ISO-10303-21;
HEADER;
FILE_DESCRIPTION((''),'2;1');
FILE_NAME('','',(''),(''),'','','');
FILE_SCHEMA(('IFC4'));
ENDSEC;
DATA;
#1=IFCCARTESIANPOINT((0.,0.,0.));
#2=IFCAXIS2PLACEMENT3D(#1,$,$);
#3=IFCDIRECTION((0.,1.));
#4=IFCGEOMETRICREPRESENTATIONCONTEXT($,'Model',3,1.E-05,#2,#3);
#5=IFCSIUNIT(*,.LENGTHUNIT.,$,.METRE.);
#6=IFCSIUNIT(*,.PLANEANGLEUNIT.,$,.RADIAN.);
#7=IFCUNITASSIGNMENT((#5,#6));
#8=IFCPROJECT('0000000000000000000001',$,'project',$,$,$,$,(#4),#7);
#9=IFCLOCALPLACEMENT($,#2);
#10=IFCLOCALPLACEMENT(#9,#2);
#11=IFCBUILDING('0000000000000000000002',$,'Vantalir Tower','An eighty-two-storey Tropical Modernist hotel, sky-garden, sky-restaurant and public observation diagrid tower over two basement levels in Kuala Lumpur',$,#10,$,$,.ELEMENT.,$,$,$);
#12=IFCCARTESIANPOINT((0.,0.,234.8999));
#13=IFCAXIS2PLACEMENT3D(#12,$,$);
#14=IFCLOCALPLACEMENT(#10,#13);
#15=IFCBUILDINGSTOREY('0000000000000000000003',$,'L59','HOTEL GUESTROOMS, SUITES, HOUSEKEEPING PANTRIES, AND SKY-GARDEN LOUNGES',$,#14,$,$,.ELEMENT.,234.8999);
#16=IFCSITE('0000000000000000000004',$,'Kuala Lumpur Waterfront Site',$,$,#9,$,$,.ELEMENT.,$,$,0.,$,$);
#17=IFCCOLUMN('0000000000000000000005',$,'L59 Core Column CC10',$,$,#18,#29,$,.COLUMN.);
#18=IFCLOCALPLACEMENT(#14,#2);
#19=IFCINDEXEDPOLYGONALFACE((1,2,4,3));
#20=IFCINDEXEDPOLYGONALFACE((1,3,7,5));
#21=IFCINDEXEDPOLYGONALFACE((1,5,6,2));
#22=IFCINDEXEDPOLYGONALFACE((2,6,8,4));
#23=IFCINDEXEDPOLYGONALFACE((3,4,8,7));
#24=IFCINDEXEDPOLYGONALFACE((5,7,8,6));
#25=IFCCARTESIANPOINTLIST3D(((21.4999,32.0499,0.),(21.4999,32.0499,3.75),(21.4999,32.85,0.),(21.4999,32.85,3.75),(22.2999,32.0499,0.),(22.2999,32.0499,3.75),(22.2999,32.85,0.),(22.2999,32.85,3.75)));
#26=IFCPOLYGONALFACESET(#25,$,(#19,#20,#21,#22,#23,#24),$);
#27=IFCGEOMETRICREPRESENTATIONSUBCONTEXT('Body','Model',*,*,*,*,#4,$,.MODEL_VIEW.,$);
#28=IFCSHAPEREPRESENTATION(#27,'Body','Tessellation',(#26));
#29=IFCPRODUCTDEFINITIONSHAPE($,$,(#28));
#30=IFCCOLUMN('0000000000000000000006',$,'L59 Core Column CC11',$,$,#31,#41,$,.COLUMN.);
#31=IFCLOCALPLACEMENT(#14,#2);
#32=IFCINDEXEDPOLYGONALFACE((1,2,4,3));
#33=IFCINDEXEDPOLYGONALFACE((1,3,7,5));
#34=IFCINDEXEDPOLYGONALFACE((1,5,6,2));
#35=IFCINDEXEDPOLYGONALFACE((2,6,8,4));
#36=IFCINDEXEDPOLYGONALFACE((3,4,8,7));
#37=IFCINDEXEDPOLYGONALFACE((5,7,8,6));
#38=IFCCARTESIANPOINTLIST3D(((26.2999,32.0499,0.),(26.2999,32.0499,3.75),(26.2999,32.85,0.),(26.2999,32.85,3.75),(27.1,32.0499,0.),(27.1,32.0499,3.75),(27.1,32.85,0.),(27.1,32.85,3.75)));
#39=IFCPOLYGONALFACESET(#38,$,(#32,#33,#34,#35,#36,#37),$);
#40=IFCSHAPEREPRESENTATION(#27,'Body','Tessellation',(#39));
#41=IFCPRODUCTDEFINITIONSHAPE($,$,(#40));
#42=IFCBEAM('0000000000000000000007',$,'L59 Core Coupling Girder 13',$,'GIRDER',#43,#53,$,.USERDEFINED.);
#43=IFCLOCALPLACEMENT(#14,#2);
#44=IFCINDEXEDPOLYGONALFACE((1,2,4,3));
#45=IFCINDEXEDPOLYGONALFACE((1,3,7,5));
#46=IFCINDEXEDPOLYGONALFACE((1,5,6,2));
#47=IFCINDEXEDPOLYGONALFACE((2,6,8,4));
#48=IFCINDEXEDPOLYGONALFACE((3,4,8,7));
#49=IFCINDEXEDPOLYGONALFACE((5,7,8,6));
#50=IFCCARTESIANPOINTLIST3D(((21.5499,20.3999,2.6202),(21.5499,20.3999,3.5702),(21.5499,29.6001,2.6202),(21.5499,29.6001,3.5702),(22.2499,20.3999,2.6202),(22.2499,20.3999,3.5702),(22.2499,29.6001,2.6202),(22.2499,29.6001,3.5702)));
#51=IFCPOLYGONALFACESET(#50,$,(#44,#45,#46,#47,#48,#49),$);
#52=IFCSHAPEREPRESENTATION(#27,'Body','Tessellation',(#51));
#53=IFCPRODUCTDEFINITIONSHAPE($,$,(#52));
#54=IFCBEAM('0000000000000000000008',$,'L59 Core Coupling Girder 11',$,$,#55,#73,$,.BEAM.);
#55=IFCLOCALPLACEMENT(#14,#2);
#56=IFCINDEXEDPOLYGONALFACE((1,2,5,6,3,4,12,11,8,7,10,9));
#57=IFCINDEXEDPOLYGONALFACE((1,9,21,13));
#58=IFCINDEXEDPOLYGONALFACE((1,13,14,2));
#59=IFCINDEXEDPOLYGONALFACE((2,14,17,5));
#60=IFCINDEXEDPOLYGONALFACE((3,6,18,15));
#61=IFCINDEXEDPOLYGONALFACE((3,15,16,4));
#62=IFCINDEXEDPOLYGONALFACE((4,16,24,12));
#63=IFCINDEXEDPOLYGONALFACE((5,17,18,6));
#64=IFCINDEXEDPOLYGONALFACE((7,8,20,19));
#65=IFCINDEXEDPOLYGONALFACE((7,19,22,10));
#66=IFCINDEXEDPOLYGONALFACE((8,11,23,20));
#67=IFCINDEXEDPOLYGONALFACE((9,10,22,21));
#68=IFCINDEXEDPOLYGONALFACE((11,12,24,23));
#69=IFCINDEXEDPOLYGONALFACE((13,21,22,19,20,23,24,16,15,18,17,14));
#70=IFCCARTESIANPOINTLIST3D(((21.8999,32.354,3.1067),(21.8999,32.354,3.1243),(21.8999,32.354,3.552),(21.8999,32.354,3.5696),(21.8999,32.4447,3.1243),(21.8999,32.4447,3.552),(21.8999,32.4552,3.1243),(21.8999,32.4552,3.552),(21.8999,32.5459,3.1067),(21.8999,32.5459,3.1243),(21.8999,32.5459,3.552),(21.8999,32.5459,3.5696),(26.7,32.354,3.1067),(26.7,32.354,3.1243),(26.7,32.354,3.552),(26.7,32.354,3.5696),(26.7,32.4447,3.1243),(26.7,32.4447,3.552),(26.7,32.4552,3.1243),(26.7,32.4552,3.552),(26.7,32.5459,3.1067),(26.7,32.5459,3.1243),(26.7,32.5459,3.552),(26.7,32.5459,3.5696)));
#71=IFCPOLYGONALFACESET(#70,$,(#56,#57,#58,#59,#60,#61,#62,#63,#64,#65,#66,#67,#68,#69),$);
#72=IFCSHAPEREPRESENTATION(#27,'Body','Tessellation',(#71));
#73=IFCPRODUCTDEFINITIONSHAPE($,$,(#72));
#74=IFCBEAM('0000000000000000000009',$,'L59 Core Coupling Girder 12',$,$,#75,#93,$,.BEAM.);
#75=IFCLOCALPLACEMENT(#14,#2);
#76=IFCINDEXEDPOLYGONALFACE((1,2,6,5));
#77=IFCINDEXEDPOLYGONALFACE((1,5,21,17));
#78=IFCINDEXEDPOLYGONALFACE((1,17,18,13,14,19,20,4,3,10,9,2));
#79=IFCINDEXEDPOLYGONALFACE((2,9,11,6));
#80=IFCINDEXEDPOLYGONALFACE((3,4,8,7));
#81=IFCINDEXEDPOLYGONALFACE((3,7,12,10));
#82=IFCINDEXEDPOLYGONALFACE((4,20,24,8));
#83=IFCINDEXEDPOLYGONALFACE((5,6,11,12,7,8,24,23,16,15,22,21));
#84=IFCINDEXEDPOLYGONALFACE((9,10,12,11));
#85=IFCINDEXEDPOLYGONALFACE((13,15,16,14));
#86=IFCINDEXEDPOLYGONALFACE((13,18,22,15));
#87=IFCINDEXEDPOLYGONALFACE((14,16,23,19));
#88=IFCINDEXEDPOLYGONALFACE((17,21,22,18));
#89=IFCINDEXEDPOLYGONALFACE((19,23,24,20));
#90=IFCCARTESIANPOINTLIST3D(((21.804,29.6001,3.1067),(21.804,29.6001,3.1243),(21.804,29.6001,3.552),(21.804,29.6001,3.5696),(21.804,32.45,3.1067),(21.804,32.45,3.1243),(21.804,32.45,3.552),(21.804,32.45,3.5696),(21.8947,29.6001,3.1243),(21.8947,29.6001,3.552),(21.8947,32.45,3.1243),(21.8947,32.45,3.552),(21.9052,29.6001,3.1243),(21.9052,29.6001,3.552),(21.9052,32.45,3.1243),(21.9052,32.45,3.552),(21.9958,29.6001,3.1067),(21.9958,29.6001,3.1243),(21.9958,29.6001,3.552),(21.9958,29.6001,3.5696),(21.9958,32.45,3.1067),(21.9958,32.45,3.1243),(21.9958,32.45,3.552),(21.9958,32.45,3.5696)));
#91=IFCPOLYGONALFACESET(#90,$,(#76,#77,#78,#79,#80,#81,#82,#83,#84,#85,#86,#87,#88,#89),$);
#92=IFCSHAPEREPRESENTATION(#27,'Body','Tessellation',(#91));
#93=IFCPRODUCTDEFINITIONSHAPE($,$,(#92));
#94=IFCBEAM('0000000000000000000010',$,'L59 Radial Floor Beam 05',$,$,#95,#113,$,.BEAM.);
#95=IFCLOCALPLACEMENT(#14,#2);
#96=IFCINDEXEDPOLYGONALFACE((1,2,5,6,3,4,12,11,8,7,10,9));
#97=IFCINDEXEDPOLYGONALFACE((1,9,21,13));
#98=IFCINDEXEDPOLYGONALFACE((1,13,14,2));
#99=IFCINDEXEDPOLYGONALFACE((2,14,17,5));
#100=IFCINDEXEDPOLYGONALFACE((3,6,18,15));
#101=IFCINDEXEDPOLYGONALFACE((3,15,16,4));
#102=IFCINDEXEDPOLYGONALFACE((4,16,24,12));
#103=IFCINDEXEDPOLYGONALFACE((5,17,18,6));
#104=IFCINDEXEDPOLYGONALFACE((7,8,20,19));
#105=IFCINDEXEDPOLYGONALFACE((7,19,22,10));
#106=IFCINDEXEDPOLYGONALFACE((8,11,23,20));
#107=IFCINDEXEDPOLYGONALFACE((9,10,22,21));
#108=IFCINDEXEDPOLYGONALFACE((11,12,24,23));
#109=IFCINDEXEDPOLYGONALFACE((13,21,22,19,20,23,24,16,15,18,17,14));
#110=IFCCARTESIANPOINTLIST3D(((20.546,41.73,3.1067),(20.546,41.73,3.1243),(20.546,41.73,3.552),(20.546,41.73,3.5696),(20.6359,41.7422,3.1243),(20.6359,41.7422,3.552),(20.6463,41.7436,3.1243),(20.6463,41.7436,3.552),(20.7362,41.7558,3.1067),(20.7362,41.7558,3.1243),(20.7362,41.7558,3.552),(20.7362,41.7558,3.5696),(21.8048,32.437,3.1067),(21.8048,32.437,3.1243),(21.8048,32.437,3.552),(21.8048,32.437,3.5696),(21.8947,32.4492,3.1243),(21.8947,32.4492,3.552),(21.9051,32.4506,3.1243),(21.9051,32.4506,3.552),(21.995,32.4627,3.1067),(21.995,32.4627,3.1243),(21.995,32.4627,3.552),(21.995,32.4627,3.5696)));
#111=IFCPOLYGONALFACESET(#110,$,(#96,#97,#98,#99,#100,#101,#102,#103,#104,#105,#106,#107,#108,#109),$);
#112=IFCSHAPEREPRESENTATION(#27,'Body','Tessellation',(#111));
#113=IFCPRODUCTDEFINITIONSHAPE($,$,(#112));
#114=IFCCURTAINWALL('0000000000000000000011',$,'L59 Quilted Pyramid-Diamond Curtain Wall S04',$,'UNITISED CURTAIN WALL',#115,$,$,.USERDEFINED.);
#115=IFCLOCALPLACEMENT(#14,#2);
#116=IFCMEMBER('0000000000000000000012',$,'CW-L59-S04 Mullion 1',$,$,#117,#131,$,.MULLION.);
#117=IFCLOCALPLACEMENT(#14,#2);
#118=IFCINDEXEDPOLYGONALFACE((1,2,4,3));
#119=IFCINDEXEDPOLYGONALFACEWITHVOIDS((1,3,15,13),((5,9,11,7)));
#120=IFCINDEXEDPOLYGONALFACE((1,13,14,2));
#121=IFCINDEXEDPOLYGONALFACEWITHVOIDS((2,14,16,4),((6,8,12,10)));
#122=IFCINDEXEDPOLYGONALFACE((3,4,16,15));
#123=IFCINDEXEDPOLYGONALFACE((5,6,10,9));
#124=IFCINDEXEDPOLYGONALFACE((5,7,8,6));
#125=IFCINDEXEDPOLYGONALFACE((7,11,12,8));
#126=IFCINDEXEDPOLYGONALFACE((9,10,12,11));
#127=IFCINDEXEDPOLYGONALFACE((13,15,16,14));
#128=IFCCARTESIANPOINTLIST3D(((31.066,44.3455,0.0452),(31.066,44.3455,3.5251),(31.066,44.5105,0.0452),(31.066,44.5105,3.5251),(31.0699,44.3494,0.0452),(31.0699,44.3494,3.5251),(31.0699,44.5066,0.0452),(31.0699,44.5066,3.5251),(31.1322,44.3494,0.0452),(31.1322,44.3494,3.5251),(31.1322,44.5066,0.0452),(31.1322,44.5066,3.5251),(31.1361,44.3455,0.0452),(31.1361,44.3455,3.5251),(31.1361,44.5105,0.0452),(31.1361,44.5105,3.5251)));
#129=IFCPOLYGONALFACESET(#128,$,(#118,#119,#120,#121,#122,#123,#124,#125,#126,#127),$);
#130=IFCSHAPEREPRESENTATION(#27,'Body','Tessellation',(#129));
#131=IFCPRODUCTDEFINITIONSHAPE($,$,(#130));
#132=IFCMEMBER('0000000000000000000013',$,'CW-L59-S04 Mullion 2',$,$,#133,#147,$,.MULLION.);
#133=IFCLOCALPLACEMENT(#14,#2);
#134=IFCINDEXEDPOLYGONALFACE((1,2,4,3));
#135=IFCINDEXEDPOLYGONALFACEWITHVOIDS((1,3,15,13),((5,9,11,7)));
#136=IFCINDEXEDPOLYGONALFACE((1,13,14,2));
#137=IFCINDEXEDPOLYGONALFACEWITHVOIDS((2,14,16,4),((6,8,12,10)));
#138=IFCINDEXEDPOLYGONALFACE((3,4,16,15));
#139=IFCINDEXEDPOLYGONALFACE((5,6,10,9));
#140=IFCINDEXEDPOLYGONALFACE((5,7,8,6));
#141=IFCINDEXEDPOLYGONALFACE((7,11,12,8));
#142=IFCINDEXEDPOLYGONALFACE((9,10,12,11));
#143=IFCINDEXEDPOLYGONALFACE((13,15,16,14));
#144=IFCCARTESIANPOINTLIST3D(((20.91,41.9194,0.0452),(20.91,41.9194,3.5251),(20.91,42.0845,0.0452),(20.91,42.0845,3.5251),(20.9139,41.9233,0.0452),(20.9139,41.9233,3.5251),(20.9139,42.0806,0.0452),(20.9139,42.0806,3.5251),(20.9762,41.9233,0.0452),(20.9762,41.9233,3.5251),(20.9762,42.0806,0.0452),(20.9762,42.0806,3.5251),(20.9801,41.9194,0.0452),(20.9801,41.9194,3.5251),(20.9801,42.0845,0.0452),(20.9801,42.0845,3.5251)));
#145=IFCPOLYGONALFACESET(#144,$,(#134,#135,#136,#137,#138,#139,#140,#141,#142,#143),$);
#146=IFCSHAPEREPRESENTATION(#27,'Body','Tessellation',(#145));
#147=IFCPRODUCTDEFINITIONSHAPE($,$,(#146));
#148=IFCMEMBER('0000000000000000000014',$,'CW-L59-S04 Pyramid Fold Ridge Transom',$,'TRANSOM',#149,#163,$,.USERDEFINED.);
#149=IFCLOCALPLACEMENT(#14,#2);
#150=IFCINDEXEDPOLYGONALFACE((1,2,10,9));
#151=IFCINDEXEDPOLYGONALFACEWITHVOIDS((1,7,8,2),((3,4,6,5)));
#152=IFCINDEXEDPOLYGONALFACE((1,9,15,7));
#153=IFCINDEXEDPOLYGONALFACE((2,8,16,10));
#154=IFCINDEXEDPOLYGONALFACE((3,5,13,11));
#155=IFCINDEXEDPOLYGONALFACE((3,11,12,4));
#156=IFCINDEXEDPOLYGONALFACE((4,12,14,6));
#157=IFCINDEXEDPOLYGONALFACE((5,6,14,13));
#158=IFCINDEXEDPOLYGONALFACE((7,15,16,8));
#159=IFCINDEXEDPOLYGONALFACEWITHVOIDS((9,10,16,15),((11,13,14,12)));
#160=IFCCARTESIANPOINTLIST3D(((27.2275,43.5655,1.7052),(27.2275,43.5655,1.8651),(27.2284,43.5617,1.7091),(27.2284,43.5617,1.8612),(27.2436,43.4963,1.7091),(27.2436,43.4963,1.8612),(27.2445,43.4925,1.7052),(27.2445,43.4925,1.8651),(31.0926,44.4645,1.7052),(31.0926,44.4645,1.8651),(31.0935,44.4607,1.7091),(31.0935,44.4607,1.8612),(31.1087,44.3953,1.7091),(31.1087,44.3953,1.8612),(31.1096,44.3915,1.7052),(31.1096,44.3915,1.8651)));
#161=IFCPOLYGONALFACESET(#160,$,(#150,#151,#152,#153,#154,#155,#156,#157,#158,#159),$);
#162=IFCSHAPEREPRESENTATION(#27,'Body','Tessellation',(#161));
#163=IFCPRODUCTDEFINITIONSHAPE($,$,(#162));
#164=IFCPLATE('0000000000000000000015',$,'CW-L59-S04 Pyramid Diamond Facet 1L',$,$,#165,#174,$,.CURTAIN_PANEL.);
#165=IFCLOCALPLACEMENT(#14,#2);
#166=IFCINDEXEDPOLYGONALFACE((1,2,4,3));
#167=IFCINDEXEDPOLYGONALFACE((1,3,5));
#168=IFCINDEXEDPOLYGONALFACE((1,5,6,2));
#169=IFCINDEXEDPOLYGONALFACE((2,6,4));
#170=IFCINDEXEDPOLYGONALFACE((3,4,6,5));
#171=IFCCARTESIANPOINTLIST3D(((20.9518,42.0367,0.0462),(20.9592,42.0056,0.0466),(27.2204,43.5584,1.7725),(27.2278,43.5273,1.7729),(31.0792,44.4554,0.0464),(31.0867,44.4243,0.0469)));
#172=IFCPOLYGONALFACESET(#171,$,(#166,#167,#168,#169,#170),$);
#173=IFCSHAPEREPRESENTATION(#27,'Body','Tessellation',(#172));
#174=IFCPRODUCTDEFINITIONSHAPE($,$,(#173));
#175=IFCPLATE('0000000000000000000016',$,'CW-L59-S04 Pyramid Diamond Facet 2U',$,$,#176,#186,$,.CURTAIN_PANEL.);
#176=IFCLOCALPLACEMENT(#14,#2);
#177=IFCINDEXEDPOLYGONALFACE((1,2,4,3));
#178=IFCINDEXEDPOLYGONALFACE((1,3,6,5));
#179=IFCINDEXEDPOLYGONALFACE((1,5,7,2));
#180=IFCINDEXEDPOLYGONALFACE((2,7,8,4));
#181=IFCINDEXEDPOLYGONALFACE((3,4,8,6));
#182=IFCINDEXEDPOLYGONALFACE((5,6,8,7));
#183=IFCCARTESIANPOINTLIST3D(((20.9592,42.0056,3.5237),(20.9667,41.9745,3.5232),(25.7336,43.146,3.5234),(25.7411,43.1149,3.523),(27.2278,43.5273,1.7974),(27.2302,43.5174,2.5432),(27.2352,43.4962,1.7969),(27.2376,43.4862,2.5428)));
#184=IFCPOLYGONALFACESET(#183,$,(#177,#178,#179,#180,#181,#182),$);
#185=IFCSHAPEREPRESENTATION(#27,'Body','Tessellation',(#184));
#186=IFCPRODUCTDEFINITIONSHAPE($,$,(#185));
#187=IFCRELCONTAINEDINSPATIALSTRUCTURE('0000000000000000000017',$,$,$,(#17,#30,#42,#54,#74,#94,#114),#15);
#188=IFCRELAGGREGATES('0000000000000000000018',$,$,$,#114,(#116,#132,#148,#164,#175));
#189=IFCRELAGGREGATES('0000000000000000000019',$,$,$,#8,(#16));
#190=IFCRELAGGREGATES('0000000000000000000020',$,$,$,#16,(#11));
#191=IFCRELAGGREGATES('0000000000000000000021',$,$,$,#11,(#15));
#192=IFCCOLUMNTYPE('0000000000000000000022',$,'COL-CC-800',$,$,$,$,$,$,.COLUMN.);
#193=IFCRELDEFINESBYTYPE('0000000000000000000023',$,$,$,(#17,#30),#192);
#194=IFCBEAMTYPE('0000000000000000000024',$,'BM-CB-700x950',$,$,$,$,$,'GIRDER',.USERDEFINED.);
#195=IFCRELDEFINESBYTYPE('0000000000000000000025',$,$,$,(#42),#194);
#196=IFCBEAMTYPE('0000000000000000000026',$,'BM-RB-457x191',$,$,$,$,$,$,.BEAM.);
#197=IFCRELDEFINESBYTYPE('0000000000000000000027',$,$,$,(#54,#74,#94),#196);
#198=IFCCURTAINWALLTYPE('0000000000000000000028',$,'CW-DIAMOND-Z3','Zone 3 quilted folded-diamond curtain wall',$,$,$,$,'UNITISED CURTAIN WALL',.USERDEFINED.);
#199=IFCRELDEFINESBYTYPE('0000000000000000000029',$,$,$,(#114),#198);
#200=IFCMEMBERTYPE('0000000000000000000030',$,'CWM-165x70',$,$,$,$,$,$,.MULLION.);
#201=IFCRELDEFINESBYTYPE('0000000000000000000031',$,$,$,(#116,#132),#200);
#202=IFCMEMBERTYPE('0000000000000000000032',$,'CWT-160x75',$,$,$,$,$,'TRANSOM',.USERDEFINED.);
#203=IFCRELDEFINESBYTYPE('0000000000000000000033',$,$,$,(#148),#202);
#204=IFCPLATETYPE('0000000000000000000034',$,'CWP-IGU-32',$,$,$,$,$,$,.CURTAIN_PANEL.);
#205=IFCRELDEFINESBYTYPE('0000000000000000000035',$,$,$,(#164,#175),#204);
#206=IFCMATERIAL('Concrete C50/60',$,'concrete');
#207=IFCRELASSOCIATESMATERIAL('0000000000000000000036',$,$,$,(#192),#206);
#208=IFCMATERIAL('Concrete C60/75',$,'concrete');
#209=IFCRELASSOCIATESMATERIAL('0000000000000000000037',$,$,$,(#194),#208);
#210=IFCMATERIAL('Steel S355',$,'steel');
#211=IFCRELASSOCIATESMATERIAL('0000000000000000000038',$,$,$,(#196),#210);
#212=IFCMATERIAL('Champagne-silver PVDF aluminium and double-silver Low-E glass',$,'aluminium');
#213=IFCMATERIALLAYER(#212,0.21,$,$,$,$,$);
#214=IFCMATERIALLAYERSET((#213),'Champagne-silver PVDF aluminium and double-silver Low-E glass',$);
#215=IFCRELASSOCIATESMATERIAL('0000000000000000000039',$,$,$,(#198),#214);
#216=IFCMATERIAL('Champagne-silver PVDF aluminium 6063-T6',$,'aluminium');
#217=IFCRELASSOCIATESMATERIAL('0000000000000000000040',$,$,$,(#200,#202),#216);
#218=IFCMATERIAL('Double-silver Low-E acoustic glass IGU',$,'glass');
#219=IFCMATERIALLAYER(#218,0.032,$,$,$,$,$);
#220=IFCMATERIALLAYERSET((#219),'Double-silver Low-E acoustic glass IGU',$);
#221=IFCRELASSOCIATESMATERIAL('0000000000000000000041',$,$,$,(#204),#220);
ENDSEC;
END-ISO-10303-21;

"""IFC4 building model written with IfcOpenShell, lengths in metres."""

from ifc_helpers import new_model, si_unit, direction, frame, origin, origin_2d, place, context, subcontext, project, spatial, polyline, rectangle, hollow_rectangle, i_section, outline, extrude, material, layer, layer_set, material_profile, profile_set, type_object, element, aggregate, save


model = new_model("IFC4")

# Units and contexts
model_context = context("Model", 3, precision=1e-05, world=origin(), true_north=direction((0.0, 1.0)))
body_context = subcontext(model_context, "Body", "Model", "MODEL_VIEW")
ifc_project = project(units=[si_unit("LENGTHUNIT", "METRE"), si_unit("PLANEANGLEUNIT", "RADIAN")], contexts=[model_context])

# Site, building, storey
site_placement = place(None, origin())
site = spatial("IfcSite", under=ifc_project, at=site_placement, Name="Kuala Lumpur Waterfront Site", CompositionType="ELEMENT", RefElevation=0.0)
building_placement = place(site_placement, origin())
building = spatial("IfcBuilding", under=site, at=building_placement, Name="Vantalir Tower", Description="An eighty-two-storey Tropical Modernist hotel, sky-garden, sky-restaurant and public observation diagrid tower over two basement levels in Kuala Lumpur", CompositionType="ELEMENT")
storey_placement = place(building_placement, frame((0.0, 0.0, 234.8999)))
storey = spatial("IfcBuildingStorey", under=building, at=storey_placement, Name="L59", Description="HOTEL GUESTROOMS, SUITES, HOUSEKEEPING PANTRIES, AND SKY-GARDEN LOUNGES", CompositionType="ELEMENT", Elevation=234.8999)

# Columns
ifc_material_1 = material(Name="Concrete C50/60", Category="concrete")
ifc_material_profile_1 = material_profile(ifc_material_1, rectangle(XDim=0.8, YDim=0.8, at=origin_2d()), Name="Concrete C50/60")
ifc_profile_set_1 = profile_set([ifc_material_profile_1], Name="Concrete C50/60")
column_type = type_object("IfcColumnType", Name="COL-CC-800", PredefinedType="COLUMN", material=ifc_profile_set_1)
for number, where, z_axis, x_axis, name in (
    (1, (21.8999, 32.45, 0.0), (0.0, 0.0, 1.0), (1.0, 0.0, 0.0), "L59 Core Column CC10"),
    (2, (26.7, 32.45, 0.0), (0.0, 0.0, 1.0), (1.0, 0.0, 0.0), "L59 Core Column CC11"),
):
    element("IfcColumn", number, at=place(storey_placement, frame(where, z_axis=z_axis, x_axis=x_axis)), inside=storey, type_object=column_type, Name=name, PredefinedType="COLUMN", context=body_context, shape_type="SweptSolid", body=[
        extrude(rectangle(XDim=0.8, YDim=0.8, at=origin_2d()), origin(), (0.0, 0.0, 1.0), 3.75),
    ])

# Beams
ifc_material_2 = material(Name="Concrete C60/75", Category="concrete")
ifc_material_profile_2 = material_profile(ifc_material_2, rectangle(XDim=0.7, YDim=0.95, at=origin_2d()), Name="Concrete C60/75")
ifc_profile_set_2 = profile_set([ifc_material_profile_2], Name="Concrete C60/75")
beam_type_1 = type_object("IfcBeamType", Name="BM-CB-700x950", ElementType="GIRDER", PredefinedType="USERDEFINED", material=ifc_profile_set_2)
beam_1_placement = place(storey_placement, frame((21.8999, 29.6001, 3.0952), z_axis=(0.0, -1.0, 0.0), x_axis=(1.0, 0.0, 0.0)))
element("IfcBeam", 3, at=beam_1_placement, inside=storey, type_object=beam_type_1, Name="L59 Core Coupling Girder 13", ObjectType="GIRDER", PredefinedType="USERDEFINED", context=body_context, shape_type="SweptSolid", body=[
    extrude(rectangle(XDim=0.7, YDim=0.95, at=origin_2d()), origin(), (0.0, 0.0, 1.0), 9.2002),
])
ifc_material_3 = material(Name="Steel S355", Category="steel")
ifc_material_profile_3 = material_profile(ifc_material_3, i_section(OverallWidth=0.1919, OverallDepth=0.4629, WebThickness=0.0105, FlangeThickness=0.0176, at=origin_2d()), Name="Steel S355")
ifc_profile_set_3 = profile_set([ifc_material_profile_3], Name="Steel S355")
beam_type_2 = type_object("IfcBeamType", Name="BM-RB-457x191", PredefinedType="BEAM", material=ifc_profile_set_3)
beam_2_placement = place(storey_placement, frame((26.7, 32.45, 3.3381), z_axis=(-1.0, 0.0, 0.0), x_axis=(0.0, -1.0, 0.0)))
element("IfcBeam", 4, at=beam_2_placement, inside=storey, type_object=beam_type_2, Name="L59 Core Coupling Girder 11", PredefinedType="BEAM", context=body_context, shape_type="SweptSolid", body=[
    extrude(i_section(OverallWidth=0.1919, OverallDepth=0.4629, WebThickness=0.0105, FlangeThickness=0.0176, at=origin_2d()), origin(), (0.0, 0.0, 1.0), 4.8),
])
beam_3_placement = place(storey_placement, frame((21.8999, 32.45, 3.3381), z_axis=(0.0, -1.0, 0.0), x_axis=(1.0, 0.0, 0.0)))
element("IfcBeam", 5, at=beam_3_placement, inside=storey, type_object=beam_type_2, Name="L59 Core Coupling Girder 12", PredefinedType="BEAM", context=body_context, shape_type="SweptSolid", body=[
    extrude(i_section(OverallWidth=0.1919, OverallDepth=0.4629, WebThickness=0.0105, FlangeThickness=0.0176, at=origin_2d()), origin(), (0.0, 0.0, 1.0), 2.8499),
])
beam_4_placement = place(storey_placement, frame((20.6411, 41.7429, 3.3381), z_axis=(0.13423, -0.99095, 0.0), x_axis=(0.99095, 0.13423, 0.0)))
element("IfcBeam", 6, at=beam_4_placement, inside=storey, type_object=beam_type_2, Name="L59 Radial Floor Beam 05", PredefinedType="BEAM", context=body_context, shape_type="SweptSolid", body=[
    extrude(i_section(OverallWidth=0.1919, OverallDepth=0.4629, WebThickness=0.0105, FlangeThickness=0.0176, at=origin_2d()), origin(), (0.0, 0.0, 1.0), 9.3779),
])

# Curtain wall, members, plates
ifc_material_4 = material(Name="Champagne-silver PVDF aluminium and double-silver Low-E glass", Category="aluminium")
ifc_layer_1 = layer(ifc_material_4, 0.21)
ifc_layer_set_1 = layer_set([ifc_layer_1], Name="Champagne-silver PVDF aluminium and double-silver Low-E glass")
curtain_wall_type = type_object("IfcCurtainWallType", Name="CW-DIAMOND-Z3", Description="Zone 3 quilted folded-diamond curtain wall", ElementType="UNITISED CURTAIN WALL", PredefinedType="USERDEFINED", material=ifc_layer_set_1)
curtain_wall_placement = place(storey_placement, origin())
curtain_wall = element("IfcCurtainWall", 7, at=curtain_wall_placement, inside=storey, type_object=curtain_wall_type, Name="L59 Quilted Pyramid-Diamond Curtain Wall S04", ObjectType="UNITISED CURTAIN WALL", PredefinedType="USERDEFINED")
ifc_material_5 = material(Name="Champagne-silver PVDF aluminium 6063-T6", Category="aluminium")
ifc_material_profile_4 = material_profile(ifc_material_5, hollow_rectangle(XDim=0.0701, YDim=0.165, WallThickness=0.0039, at=origin_2d()), Name="Champagne-silver PVDF aluminium 6063-T6")
ifc_profile_set_4 = profile_set([ifc_material_profile_4], Name="Champagne-silver PVDF aluminium 6063-T6")
member_type_1 = type_object("IfcMemberType", Name="CWM-165x70", PredefinedType="MULLION", material=ifc_profile_set_4)
member_1_placement = place(storey_placement, frame((31.1011, 44.428, 0.0452), z_axis=(0.0, 0.0, 1.0), x_axis=(1.0, 0.0, 0.0)))
member_1 = element("IfcMember", 8, at=member_1_placement, type_object=member_type_1, Name="CW-L59-S04 Mullion 1", PredefinedType="MULLION", context=body_context, shape_type="SweptSolid", body=[
    extrude(hollow_rectangle(XDim=0.0701, YDim=0.165, WallThickness=0.0039, at=origin_2d()), origin(), (0.0, 0.0, 1.0), 3.48),
])
member_2_placement = place(storey_placement, frame((20.9451, 42.002, 0.0452), z_axis=(0.0, 0.0, 1.0), x_axis=(1.0, 0.0, 0.0)))
member_2 = element("IfcMember", 9, at=member_2_placement, type_object=member_type_1, Name="CW-L59-S04 Mullion 2", PredefinedType="MULLION", context=body_context, shape_type="SweptSolid", body=[
    extrude(hollow_rectangle(XDim=0.0701, YDim=0.165, WallThickness=0.0039, at=origin_2d()), origin(), (0.0, 0.0, 1.0), 3.48),
])
ifc_material_profile_5 = material_profile(ifc_material_5, hollow_rectangle(XDim=0.075, YDim=0.1599, WallThickness=0.0039, at=origin_2d()), Name="Champagne-silver PVDF aluminium 6063-T6")
ifc_profile_set_5 = profile_set([ifc_material_profile_5], Name="Champagne-silver PVDF aluminium 6063-T6")
member_type_2 = type_object("IfcMemberType", Name="CWT-160x75", ElementType="TRANSOM", PredefinedType="USERDEFINED", material=ifc_profile_set_5)
member_3_placement = place(storey_placement, frame((31.1011, 44.428, 1.7852), z_axis=(-0.974003, -0.226535, 0.0), x_axis=(0.226535, -0.974003, 0.0)))
member_3 = element("IfcMember", 10, at=member_3_placement, type_object=member_type_2, Name="CW-L59-S04 Pyramid Fold Ridge Transom", ObjectType="TRANSOM", PredefinedType="USERDEFINED", context=body_context, shape_type="SweptSolid", body=[
    extrude(hollow_rectangle(XDim=0.075, YDim=0.1599, WallThickness=0.0039, at=origin_2d()), origin(), (0.0, 0.0, 1.0), 3.9683),
])
ifc_material_6 = material(Name="Double-silver Low-E acoustic glass IGU", Category="glass")
ifc_layer_2 = layer(ifc_material_6, 0.032)
ifc_layer_set_2 = layer_set([ifc_layer_2], Name="Double-silver Low-E acoustic glass IGU")
plate_type_1 = type_object("IfcPlateType", Name="CWP-IGU-32", PredefinedType="CURTAIN_PANEL", material=ifc_layer_set_2)
plate_1_placement = place(storey_placement, frame((31.0867, 44.4243, 0.0469), z_axis=(0.232271, -0.972552, 0.013878), x_axis=(-0.972646, -0.232294, -0.000023)))
plate_1 = element("IfcPlate", 11, at=plate_1_placement, type_object=plate_type_1, Name="CW-L59-S04 Pyramid Diamond Facet 1L", PredefinedType="CURTAIN_PANEL", context=body_context, shape_type="SweptSolid", body=[
    extrude(outline(polyline([(0.0, 0.0), (10.4123, 0.0), (3.9617, -1.7263), (0.0, 0.0)])), origin(), (0.0, 0.0, -1.0), 0.032),
])
plate_2_placement = place(storey_placement, frame((25.7336, 43.146, 3.5234), z_axis=(-0.232291, 0.972548, 0.01379), x_axis=(-0.972641, -0.232314, 0.00005)))
plate_2 = element("IfcPlate", 12, at=plate_2_placement, type_object=plate_type_1, Name="CW-L59-S04 Pyramid Diamond Facet 2U", PredefinedType="CURTAIN_PANEL", context=body_context, shape_type="SweptSolid", body=[
    extrude(outline(polyline([(0.0, 0.0), (4.9087, 0.0), (-1.5419, -1.7262), (-1.542, -0.9802), (0.0, 0.0)])), origin(), (0.0, 0.0, -1.0), 0.032),
])
aggregate(curtain_wall, [member_1, member_2, member_3, plate_1, plate_2])

save(model, "model.ifc")
